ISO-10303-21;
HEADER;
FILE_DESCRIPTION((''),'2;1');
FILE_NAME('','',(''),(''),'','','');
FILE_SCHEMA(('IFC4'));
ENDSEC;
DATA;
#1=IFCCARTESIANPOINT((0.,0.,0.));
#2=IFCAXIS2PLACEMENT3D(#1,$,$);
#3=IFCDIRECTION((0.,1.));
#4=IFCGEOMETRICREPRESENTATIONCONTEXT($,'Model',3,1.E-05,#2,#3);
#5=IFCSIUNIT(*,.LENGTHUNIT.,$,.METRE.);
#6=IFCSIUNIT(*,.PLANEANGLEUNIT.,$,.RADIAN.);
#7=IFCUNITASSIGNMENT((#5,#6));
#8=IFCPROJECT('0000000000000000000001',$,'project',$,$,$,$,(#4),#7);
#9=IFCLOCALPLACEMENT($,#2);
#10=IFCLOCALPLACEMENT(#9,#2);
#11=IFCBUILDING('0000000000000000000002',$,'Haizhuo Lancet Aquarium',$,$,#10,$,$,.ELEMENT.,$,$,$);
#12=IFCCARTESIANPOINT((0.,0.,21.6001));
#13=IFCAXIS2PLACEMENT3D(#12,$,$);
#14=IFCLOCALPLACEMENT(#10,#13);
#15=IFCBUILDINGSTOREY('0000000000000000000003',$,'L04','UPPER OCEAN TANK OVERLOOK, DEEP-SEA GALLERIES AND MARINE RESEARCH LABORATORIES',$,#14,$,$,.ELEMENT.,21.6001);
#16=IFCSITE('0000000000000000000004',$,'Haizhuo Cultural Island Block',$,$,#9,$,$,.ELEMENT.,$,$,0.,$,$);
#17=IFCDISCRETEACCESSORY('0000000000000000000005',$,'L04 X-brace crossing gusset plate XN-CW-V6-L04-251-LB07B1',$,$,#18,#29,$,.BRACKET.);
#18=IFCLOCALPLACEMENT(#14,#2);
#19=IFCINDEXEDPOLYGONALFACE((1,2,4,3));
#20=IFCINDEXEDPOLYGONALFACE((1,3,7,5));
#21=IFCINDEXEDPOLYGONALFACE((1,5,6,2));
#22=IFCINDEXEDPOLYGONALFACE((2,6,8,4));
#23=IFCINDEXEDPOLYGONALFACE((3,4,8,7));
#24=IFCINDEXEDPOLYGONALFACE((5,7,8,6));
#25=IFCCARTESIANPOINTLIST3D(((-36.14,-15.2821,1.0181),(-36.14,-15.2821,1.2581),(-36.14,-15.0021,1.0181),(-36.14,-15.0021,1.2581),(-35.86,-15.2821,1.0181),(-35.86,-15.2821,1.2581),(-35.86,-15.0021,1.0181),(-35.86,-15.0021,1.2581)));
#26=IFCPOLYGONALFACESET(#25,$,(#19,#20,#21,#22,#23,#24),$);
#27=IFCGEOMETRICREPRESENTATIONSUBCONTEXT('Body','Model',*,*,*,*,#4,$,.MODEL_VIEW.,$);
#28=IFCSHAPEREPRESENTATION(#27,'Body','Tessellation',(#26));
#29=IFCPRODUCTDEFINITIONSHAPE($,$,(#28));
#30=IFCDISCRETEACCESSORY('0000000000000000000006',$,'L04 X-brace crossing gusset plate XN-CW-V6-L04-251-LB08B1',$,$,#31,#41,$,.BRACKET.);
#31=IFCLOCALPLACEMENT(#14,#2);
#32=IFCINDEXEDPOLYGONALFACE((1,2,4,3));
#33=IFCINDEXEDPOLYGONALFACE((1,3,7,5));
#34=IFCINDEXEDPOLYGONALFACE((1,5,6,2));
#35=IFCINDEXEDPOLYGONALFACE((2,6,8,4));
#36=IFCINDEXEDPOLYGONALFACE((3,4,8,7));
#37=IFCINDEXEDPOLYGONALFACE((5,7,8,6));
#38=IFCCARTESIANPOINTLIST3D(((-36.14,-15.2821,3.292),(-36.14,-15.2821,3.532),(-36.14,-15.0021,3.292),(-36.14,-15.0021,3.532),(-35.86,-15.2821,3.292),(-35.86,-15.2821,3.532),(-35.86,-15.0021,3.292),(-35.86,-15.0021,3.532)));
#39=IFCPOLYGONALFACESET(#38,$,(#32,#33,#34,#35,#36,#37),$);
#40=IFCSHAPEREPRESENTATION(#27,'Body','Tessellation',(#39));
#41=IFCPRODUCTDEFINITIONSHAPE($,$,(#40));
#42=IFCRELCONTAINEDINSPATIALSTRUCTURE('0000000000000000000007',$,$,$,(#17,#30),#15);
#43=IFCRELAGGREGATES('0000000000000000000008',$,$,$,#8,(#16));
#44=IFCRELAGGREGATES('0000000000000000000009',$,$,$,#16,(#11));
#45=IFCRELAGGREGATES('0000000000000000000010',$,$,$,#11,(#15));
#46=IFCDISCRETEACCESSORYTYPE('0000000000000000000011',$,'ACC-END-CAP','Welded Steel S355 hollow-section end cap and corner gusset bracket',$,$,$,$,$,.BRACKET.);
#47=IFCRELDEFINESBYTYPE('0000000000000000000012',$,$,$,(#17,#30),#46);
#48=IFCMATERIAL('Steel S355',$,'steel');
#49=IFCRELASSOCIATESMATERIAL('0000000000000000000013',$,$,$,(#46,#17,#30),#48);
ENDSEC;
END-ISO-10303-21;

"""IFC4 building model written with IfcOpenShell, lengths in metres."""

from ifc_helpers import new_model, si_unit, direction, frame, origin, origin_2d, place, context, subcontext, project, spatial, rectangle, extrude, material, type_object, element, save


model = new_model("IFC4")

# Units and contexts
model_context = context("Model", 3, precision=1e-05, world=origin(), true_north=direction((0.0, 1.0)))
body_context = subcontext(model_context, "Body", "Model", "MODEL_VIEW")
ifc_project = project(units=[si_unit("LENGTHUNIT", "METRE"), si_unit("PLANEANGLEUNIT", "RADIAN")], contexts=[model_context])

# Site, building, storey
site_placement = place(None, origin())
site = spatial("IfcSite", under=ifc_project, at=site_placement, Name="Haizhuo Cultural Island Block", CompositionType="ELEMENT", RefElevation=0.0)
building_placement = place(site_placement, origin())
building = spatial("IfcBuilding", under=site, at=building_placement, Name="Haizhuo Lancet Aquarium", CompositionType="ELEMENT")
storey_placement = place(building_placement, frame((0.0, 0.0, 21.6001)))
storey = spatial("IfcBuildingStorey", under=building, at=storey_placement, Name="L04", Description="UPPER OCEAN TANK OVERLOOK, DEEP-SEA GALLERIES AND MARINE RESEARCH LABORATORIES", CompositionType="ELEMENT", Elevation=21.6001)

# Shared definitions
ifc_material_1 = material(Name="Steel S355", Category="steel")

# Discrete accessories
discrete_accessory_type = type_object("IfcDiscreteAccessoryType", Name="ACC-END-CAP", Description="Welded Steel S355 hollow-section end cap and corner gusset bracket", PredefinedType="BRACKET", material=ifc_material_1)
for number, where, z_axis, x_axis, name in (
    (1, (-36.0, -15.1421, 1.0181), (0.0, 0.0, 1.0), (1.0, 0.0, 0.0), "L04 X-brace crossing gusset plate XN-CW-V6-L04-251-LB07B1"),
    (2, (-36.0, -15.1421, 3.292), (0.0, 0.0, 1.0), (1.0, 0.0, 0.0), "L04 X-brace crossing gusset plate XN-CW-V6-L04-251-LB08B1"),
):
    element("IfcDiscreteAccessory", number, at=place(storey_placement, frame(where, z_axis=z_axis, x_axis=x_axis)), inside=storey, type_object=discrete_accessory_type, material=ifc_material_1, Name=name, PredefinedType="BRACKET", context=body_context, shape_type="SweptSolid", body=[
        extrude(rectangle(XDim=0.28, YDim=0.28, at=origin_2d()), origin(), (0.0, 0.0, 1.0), 0.24),
    ])

save(model, "model.ifc")
